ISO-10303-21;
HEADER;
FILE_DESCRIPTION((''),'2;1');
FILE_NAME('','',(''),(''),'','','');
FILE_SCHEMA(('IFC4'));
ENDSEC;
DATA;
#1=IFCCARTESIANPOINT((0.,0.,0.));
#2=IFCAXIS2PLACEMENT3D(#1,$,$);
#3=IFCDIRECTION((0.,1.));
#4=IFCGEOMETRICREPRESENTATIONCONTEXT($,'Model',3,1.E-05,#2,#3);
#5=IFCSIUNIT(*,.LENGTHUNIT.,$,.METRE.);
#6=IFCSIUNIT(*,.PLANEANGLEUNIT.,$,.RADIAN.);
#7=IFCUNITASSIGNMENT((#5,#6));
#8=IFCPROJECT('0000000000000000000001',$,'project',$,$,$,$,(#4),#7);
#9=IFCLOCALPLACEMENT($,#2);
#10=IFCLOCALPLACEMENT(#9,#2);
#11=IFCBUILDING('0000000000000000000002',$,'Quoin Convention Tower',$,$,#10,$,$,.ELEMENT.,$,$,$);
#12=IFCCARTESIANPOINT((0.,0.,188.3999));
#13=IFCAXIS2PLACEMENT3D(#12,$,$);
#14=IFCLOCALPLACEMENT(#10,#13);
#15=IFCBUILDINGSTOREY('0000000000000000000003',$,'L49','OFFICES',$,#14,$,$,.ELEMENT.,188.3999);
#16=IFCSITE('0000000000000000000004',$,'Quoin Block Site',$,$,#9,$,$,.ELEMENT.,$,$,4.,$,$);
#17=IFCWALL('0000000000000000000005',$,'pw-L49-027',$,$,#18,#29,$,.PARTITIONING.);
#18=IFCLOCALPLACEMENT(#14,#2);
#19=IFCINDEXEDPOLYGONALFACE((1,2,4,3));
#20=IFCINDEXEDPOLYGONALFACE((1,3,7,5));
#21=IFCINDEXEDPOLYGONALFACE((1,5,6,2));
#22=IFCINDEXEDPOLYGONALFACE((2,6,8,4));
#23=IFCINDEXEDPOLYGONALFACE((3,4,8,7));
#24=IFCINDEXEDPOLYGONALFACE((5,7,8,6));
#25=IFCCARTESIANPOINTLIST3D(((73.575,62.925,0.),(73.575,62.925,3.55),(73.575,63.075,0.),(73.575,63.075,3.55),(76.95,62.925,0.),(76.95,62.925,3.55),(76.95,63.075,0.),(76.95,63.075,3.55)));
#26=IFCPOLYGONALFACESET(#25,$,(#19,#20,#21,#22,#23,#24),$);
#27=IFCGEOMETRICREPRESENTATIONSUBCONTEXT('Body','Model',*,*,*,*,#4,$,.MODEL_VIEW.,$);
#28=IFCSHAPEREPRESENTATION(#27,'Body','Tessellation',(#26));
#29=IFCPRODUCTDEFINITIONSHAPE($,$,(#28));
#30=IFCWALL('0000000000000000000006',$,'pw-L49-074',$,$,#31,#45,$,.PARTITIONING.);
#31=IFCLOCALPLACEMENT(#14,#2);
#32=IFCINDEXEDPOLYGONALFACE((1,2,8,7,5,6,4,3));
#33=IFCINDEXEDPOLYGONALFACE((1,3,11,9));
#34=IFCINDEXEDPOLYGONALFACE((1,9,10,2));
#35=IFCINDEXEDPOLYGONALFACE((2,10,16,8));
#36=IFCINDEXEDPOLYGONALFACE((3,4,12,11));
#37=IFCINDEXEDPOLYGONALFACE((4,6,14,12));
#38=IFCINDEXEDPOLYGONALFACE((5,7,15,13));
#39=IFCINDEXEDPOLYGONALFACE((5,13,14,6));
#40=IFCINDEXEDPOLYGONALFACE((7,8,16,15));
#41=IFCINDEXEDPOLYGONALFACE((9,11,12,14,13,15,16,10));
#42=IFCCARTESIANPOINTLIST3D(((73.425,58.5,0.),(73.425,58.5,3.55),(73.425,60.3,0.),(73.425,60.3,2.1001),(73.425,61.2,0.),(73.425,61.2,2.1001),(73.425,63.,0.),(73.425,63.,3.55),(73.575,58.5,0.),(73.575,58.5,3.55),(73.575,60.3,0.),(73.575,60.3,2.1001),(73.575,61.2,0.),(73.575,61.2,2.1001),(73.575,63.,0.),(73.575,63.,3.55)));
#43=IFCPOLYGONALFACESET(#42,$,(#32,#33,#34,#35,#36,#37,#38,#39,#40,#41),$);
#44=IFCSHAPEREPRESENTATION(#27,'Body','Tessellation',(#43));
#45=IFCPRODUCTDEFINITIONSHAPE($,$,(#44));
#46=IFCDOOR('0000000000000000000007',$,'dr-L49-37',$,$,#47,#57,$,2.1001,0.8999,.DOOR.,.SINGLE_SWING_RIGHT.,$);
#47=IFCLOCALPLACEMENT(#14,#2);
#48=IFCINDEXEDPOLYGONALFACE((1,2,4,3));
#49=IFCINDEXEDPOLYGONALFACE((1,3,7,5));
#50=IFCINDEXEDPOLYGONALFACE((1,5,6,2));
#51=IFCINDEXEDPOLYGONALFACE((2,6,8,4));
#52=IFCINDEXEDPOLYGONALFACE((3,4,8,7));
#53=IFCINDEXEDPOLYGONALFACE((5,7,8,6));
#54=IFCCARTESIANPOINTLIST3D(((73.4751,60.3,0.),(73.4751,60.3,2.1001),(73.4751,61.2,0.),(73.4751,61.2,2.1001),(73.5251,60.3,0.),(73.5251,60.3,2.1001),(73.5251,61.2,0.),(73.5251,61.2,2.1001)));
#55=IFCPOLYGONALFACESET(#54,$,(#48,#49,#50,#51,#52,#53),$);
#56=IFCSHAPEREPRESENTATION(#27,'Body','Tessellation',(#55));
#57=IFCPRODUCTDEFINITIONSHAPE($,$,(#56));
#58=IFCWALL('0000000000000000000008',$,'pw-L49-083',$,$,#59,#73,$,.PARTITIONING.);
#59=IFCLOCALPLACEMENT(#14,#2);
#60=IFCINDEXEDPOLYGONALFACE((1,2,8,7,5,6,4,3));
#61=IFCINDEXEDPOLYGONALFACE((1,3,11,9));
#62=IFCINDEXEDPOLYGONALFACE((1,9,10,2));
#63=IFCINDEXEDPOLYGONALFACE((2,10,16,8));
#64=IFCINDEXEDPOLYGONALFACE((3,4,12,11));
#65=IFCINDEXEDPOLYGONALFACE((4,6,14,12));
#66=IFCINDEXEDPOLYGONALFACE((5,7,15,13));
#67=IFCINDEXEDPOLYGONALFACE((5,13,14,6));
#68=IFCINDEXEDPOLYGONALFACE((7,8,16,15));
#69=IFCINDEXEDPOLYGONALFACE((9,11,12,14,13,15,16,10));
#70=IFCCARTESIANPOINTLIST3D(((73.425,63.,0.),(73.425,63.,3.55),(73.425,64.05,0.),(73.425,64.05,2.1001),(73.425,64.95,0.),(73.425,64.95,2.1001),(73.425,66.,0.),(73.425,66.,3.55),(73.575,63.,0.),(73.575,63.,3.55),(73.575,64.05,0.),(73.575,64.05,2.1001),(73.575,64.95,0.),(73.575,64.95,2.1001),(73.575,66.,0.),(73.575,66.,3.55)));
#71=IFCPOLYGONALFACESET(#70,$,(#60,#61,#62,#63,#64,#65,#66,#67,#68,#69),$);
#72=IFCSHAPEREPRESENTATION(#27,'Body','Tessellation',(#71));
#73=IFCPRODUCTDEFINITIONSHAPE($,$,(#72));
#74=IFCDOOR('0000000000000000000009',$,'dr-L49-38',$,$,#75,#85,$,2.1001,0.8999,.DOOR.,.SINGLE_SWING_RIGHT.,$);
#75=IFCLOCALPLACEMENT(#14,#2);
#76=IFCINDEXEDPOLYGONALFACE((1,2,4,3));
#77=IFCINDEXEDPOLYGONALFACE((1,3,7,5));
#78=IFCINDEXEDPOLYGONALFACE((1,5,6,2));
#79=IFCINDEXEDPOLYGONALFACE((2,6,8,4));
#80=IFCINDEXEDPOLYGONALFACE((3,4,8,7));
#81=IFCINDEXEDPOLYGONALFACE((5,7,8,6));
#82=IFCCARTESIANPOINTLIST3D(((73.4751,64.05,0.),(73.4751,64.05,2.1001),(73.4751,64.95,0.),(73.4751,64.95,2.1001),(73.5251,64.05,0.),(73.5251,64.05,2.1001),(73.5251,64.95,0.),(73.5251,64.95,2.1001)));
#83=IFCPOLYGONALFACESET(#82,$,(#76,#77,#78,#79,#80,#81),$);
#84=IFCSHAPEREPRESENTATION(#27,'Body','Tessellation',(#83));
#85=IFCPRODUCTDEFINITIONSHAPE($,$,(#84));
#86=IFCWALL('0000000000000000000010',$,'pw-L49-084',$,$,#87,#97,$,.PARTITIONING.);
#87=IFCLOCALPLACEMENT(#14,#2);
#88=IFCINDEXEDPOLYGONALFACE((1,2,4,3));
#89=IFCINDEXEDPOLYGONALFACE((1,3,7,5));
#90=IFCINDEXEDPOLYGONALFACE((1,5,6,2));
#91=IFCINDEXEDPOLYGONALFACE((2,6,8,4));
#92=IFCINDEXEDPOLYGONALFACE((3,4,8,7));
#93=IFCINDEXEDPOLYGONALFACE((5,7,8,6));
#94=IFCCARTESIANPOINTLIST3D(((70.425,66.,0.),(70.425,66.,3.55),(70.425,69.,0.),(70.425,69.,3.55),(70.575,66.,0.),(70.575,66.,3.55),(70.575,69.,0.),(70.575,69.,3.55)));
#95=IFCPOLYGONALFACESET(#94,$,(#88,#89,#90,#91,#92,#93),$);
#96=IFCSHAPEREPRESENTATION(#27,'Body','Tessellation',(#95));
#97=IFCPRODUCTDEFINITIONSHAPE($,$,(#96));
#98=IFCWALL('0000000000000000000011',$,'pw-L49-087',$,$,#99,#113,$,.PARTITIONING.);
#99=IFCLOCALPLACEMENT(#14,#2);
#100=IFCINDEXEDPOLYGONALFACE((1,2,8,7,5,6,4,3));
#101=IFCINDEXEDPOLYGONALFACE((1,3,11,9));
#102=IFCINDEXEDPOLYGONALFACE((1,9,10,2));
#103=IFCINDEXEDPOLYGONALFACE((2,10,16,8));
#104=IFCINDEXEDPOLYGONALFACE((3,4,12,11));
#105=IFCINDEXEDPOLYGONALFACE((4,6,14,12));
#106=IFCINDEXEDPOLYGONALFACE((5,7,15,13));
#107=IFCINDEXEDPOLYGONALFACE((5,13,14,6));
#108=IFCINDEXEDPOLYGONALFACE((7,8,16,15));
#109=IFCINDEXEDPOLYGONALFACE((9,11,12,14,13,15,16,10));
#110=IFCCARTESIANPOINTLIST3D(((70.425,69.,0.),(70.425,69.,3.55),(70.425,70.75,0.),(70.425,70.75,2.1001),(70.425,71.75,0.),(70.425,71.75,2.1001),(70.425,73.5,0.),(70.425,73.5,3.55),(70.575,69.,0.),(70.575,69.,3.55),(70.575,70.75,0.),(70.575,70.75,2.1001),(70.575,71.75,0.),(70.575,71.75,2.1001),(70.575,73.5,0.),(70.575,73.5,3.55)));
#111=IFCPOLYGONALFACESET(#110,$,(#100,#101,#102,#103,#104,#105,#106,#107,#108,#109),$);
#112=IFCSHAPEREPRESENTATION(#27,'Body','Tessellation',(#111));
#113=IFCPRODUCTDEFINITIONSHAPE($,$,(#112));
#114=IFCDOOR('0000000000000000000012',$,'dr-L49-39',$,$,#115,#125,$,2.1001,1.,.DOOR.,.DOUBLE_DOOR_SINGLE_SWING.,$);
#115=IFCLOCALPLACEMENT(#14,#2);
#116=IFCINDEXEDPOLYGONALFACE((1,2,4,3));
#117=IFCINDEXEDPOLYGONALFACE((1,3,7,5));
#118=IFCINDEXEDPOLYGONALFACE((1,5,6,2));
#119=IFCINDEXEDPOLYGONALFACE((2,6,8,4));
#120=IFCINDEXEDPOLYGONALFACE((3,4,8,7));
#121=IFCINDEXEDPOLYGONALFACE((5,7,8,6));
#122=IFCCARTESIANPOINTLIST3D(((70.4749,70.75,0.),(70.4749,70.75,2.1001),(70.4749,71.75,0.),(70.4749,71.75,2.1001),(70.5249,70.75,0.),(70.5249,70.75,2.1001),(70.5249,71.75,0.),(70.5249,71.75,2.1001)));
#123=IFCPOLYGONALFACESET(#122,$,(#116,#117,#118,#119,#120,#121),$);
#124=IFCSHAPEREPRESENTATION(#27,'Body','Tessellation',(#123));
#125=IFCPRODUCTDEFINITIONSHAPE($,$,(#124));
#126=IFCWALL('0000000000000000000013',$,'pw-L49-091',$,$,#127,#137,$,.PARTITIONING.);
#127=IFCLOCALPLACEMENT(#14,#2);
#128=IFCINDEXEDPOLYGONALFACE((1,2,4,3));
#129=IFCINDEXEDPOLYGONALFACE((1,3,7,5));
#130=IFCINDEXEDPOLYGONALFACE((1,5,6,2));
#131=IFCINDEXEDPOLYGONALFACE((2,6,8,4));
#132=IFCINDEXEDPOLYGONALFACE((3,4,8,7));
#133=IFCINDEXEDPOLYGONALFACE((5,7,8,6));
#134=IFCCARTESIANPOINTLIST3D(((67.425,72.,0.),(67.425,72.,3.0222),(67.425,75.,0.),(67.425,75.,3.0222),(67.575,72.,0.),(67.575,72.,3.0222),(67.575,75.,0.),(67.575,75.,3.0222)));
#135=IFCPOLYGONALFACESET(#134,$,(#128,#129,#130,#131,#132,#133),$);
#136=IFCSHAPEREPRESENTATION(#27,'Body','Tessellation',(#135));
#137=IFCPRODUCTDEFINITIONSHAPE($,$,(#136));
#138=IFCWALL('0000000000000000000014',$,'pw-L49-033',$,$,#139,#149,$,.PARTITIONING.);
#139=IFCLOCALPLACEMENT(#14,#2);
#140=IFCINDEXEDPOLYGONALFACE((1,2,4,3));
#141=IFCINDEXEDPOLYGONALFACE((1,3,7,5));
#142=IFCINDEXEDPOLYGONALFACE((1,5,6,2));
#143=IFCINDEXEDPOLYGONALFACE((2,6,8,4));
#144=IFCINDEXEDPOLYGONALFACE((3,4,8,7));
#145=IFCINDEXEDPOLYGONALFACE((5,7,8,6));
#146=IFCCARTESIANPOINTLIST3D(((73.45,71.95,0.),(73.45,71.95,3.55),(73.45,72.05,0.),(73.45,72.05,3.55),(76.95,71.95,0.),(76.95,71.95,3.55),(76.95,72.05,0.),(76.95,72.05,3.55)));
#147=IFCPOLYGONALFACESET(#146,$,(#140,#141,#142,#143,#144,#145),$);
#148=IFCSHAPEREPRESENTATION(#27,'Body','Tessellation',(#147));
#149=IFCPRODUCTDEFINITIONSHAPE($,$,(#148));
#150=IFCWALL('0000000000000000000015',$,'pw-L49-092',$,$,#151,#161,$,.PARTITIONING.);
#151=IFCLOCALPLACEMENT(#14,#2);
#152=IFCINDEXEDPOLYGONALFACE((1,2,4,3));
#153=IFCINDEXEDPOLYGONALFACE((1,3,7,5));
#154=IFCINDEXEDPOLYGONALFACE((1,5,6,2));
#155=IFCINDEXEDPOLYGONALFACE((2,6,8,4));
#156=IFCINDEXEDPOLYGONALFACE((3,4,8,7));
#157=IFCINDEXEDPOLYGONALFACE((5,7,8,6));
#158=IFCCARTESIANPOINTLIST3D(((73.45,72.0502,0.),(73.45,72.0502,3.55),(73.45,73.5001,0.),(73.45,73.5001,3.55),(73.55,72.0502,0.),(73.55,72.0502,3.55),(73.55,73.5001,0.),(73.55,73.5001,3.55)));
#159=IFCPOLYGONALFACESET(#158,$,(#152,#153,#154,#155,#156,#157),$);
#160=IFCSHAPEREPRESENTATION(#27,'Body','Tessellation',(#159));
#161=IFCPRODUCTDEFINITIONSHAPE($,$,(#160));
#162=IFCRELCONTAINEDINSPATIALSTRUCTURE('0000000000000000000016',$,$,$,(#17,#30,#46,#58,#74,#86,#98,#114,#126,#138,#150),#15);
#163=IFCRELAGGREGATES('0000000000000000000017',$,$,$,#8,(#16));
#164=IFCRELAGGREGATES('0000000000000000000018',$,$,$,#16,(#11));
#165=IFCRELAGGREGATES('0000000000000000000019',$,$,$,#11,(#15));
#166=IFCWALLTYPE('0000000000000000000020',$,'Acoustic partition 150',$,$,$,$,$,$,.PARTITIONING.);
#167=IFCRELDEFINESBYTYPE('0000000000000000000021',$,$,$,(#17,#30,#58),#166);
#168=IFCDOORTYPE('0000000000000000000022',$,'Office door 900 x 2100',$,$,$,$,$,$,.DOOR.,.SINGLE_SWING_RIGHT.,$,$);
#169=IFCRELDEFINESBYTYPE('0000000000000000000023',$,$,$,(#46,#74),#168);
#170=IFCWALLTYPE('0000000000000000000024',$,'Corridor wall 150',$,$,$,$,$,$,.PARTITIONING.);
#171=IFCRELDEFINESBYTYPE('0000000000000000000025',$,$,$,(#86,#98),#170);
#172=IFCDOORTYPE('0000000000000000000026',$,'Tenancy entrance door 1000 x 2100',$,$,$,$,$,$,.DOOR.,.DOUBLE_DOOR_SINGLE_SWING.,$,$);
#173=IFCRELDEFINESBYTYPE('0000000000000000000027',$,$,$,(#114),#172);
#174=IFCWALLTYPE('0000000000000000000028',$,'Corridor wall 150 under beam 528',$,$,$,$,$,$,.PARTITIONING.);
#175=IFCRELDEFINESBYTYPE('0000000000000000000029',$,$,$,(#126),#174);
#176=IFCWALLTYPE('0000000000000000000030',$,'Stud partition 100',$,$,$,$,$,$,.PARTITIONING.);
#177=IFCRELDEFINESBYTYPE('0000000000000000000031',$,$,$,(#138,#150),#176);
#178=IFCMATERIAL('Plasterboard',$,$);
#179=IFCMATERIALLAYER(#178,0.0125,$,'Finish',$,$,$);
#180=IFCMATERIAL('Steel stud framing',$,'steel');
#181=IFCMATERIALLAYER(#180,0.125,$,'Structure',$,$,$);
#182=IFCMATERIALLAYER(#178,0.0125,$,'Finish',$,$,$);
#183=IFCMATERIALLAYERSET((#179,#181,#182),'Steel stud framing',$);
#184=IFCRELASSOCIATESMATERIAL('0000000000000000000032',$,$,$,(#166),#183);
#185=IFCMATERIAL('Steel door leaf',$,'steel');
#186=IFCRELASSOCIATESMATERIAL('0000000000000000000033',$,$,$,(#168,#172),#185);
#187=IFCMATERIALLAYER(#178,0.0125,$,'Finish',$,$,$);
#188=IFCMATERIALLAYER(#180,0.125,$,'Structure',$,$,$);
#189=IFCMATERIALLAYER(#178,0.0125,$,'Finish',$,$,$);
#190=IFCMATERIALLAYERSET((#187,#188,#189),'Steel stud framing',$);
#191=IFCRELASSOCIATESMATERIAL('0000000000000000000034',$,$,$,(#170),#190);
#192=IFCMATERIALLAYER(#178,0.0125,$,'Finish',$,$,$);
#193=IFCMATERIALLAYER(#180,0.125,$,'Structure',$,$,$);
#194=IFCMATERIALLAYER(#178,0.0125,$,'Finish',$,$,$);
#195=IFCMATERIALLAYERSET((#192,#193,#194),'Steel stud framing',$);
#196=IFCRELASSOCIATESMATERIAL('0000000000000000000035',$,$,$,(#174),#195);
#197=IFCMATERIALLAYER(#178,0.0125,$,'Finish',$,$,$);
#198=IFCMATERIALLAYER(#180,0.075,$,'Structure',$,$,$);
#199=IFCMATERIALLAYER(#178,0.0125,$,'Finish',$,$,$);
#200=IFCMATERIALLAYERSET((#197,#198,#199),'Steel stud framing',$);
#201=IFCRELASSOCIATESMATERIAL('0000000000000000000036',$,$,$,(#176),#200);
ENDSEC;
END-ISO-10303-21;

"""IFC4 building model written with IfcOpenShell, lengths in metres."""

from ifc_helpers import new_model, si_unit, direction, frame, frame_2d, origin, place, context, subcontext, project, spatial, rectangle, extrude, material, layer, layer_set, type_object, element, fill, save


model = new_model("IFC4")

# Units and contexts
model_context = context("Model", 3, precision=1e-05, world=origin(), true_north=direction((0.0, 1.0)))
body_context = subcontext(model_context, "Body", "Model", "MODEL_VIEW")
ifc_project = project(units=[si_unit("LENGTHUNIT", "METRE"), si_unit("PLANEANGLEUNIT", "RADIAN")], contexts=[model_context])

# Site, building, storey
site_placement = place(None, origin())
site = spatial("IfcSite", under=ifc_project, at=site_placement, Name="Quoin Block Site", CompositionType="ELEMENT", RefElevation=4.0)
building_placement = place(site_placement, origin())
building = spatial("IfcBuilding", under=site, at=building_placement, Name="Quoin Convention Tower", CompositionType="ELEMENT")
storey_placement = place(building_placement, frame((0.0, 0.0, 188.3999)))
storey = spatial("IfcBuildingStorey", under=building, at=storey_placement, Name="L49", Description="OFFICES", CompositionType="ELEMENT", Elevation=188.3999)

# Wall
ifc_material_1 = material(Name="Plasterboard")
ifc_layer_1 = layer(ifc_material_1, 0.0125, Name="Finish")
ifc_material_2 = material(Name="Steel stud framing", Category="steel")
ifc_layer_2 = layer(ifc_material_2, 0.125, Name="Structure")
ifc_layer_3 = layer(ifc_material_1, 0.0125, Name="Finish")
ifc_layer_set_1 = layer_set([ifc_layer_1, ifc_layer_2, ifc_layer_3], Name="Steel stud framing")
wall_type_1 = type_object("IfcWallType", Name="Acoustic partition 150", PredefinedType="PARTITIONING", material=ifc_layer_set_1)
for number, where, z_axis, x_axis, name in (
    (1, (73.575, 63.0, 0.0), (0.0, 0.0, 1.0), (1.0, 0.0, 0.0), "pw-L49-027"),
):
    element("IfcWall", number, at=place(storey_placement, frame(where, z_axis=z_axis, x_axis=x_axis)), inside=storey, type_object=wall_type_1, Name=name, PredefinedType="PARTITIONING", context=body_context, shape_type="SweptSolid", body=[
        extrude(rectangle(XDim=3.375, YDim=0.1499, at=frame_2d((1.6875, 0.0))), origin(), (0.0, 0.0, 1.0), 3.55),
    ])

# Walls, openings, doors
wall_1_placement = place(storey_placement, frame((73.5, 58.5, 0.0), z_axis=(0.0, 0.0, 1.0), x_axis=(0.0, 1.0, 0.0)))
wall_1 = element("IfcWall", 2, at=wall_1_placement, inside=storey, type_object=wall_type_1, Name="pw-L49-074", PredefinedType="PARTITIONING", context=body_context, shape_type="SweptSolid", body=[
    extrude(rectangle(XDim=4.5, YDim=0.1499, at=frame_2d((2.25, 0.0))), origin(), (0.0, 0.0, 1.0), 3.55),
])
opening_1_placement = place(wall_1_placement, frame((1.8, 0.0, 0.0)))
opening_1 = element("IfcOpeningElement", 3, at=opening_1_placement, cuts=wall_1, PredefinedType="OPENING", context=body_context, shape_type="SweptSolid", body=[
    extrude(rectangle(XDim=0.8999, YDim=2.1001, at=frame_2d((0.45, 1.05))), frame((0.0, 0.085, 0.0), z_axis=(0.0, -1.0, 0.0), x_axis=(1.0, 0.0, 0.0)), (0.0, 0.0, 1.0), 0.1699),
])
ifc_material_3 = material(Name="Steel door leaf", Category="steel")
door_type_1 = type_object("IfcDoorType", Name="Office door 900 x 2100", OperationType="SINGLE_SWING_RIGHT", PredefinedType="DOOR", material=ifc_material_3)
door_1_placement = place(opening_1_placement, origin())
door_1 = element("IfcDoor", 4, at=door_1_placement, inside=storey, type_object=door_type_1, Name="dr-L49-37", OperationType="SINGLE_SWING_RIGHT", OverallHeight=2.1001, OverallWidth=0.8999, PredefinedType="DOOR", context=body_context, shape_type="SweptSolid", body=[
    extrude(rectangle(XDim=0.8999, YDim=2.1001, at=frame_2d((0.45, 1.05))), frame((0.0, 0.0249, 0.0), z_axis=(0.0, -1.0, 0.0), x_axis=(1.0, 0.0, 0.0)), (0.0, 0.0, 1.0), 0.05),
])
fill(opening_1, door_1)
wall_2_placement = place(storey_placement, frame((73.5, 63.0, 0.0), z_axis=(0.0, 0.0, 1.0), x_axis=(0.0, 1.0, 0.0)))
wall_2 = element("IfcWall", 5, at=wall_2_placement, inside=storey, type_object=wall_type_1, Name="pw-L49-083", PredefinedType="PARTITIONING", context=body_context, shape_type="SweptSolid", body=[
    extrude(rectangle(XDim=3.0, YDim=0.1499, at=frame_2d((1.5, 0.0))), origin(), (0.0, 0.0, 1.0), 3.55),
])
opening_2_placement = place(wall_2_placement, frame((1.05, 0.0, 0.0)))
opening_2 = element("IfcOpeningElement", 6, at=opening_2_placement, cuts=wall_2, PredefinedType="OPENING", context=body_context, shape_type="SweptSolid", body=[
    extrude(rectangle(XDim=0.8999, YDim=2.1001, at=frame_2d((0.45, 1.05))), frame((0.0, 0.085, 0.0), z_axis=(0.0, -1.0, 0.0), x_axis=(1.0, 0.0, 0.0)), (0.0, 0.0, 1.0), 0.1699),
])
door_2_placement = place(opening_2_placement, origin())
door_2 = element("IfcDoor", 7, at=door_2_placement, inside=storey, type_object=door_type_1, Name="dr-L49-38", OperationType="SINGLE_SWING_RIGHT", OverallHeight=2.1001, OverallWidth=0.8999, PredefinedType="DOOR", context=body_context, shape_type="SweptSolid", body=[
    extrude(rectangle(XDim=0.8999, YDim=2.1001, at=frame_2d((0.45, 1.05))), frame((0.0, 0.0249, 0.0), z_axis=(0.0, -1.0, 0.0), x_axis=(1.0, 0.0, 0.0)), (0.0, 0.0, 1.0), 0.05),
])
fill(opening_2, door_2)

# Wall
ifc_layer_4 = layer(ifc_material_1, 0.0125, Name="Finish")
ifc_layer_5 = layer(ifc_material_2, 0.125, Name="Structure")
ifc_layer_6 = layer(ifc_material_1, 0.0125, Name="Finish")
ifc_layer_set_2 = layer_set([ifc_layer_4, ifc_layer_5, ifc_layer_6], Name="Steel stud framing")
wall_type_2 = type_object("IfcWallType", Name="Corridor wall 150", PredefinedType="PARTITIONING", material=ifc_layer_set_2)
wall_3_placement = place(storey_placement, frame((70.5, 66.0, 0.0), z_axis=(0.0, 0.0, 1.0), x_axis=(0.0, 1.0, 0.0)))
element("IfcWall", 8, at=wall_3_placement, inside=storey, type_object=wall_type_2, Name="pw-L49-084", PredefinedType="PARTITIONING", context=body_context, shape_type="SweptSolid", body=[
    extrude(rectangle(XDim=3.0, YDim=0.1499, at=frame_2d((1.5, 0.0))), origin(), (0.0, 0.0, 1.0), 3.55),
])

# Wall, opening, door
wall_4_placement = place(storey_placement, frame((70.5, 69.0, 0.0), z_axis=(0.0, 0.0, 1.0), x_axis=(0.0, 1.0, 0.0)))
wall_4 = element("IfcWall", 9, at=wall_4_placement, inside=storey, type_object=wall_type_2, Name="pw-L49-087", PredefinedType="PARTITIONING", context=body_context, shape_type="SweptSolid", body=[
    extrude(rectangle(XDim=4.5, YDim=0.1499, at=frame_2d((2.25, 0.0))), origin(), (0.0, 0.0, 1.0), 3.55),
])
opening_3_placement = place(wall_4_placement, frame((1.75, 0.0, 0.0)))
opening_3 = element("IfcOpeningElement", 10, at=opening_3_placement, cuts=wall_4, PredefinedType="OPENING", context=body_context, shape_type="SweptSolid", body=[
    extrude(rectangle(XDim=1.0, YDim=2.1001, at=frame_2d((0.5, 1.05))), frame((0.0, 0.085, 0.0), z_axis=(0.0, -1.0, 0.0), x_axis=(1.0, 0.0, 0.0)), (0.0, 0.0, 1.0), 0.1699),
])
door_type_2 = type_object("IfcDoorType", Name="Tenancy entrance door 1000 x 2100", OperationType="DOUBLE_DOOR_SINGLE_SWING", PredefinedType="DOOR", material=ifc_material_3)
door_3_placement = place(opening_3_placement, frame((1.0, 0.0, 0.0), z_axis=(0.0, 0.0, 1.0), x_axis=(-1.0, 0.0, 0.0)))
door_3 = element("IfcDoor", 11, at=door_3_placement, inside=storey, type_object=door_type_2, Name="dr-L49-39", OperationType="DOUBLE_DOOR_SINGLE_SWING", OverallHeight=2.1001, OverallWidth=1.0, PredefinedType="DOOR", context=body_context, shape_type="SweptSolid", body=[
    extrude(rectangle(XDim=1.0, YDim=2.1001, at=frame_2d((0.5, 1.05))), frame((0.0, 0.0249, 0.0), z_axis=(0.0, -1.0, 0.0), x_axis=(1.0, 0.0, 0.0)), (0.0, 0.0, 1.0), 0.05),
])
fill(opening_3, door_3)

# Walls
ifc_layer_7 = layer(ifc_material_1, 0.0125, Name="Finish")
ifc_layer_8 = layer(ifc_material_2, 0.125, Name="Structure")
ifc_layer_9 = layer(ifc_material_1, 0.0125, Name="Finish")
ifc_layer_set_3 = layer_set([ifc_layer_7, ifc_layer_8, ifc_layer_9], Name="Steel stud framing")
wall_type_3 = type_object("IfcWallType", Name="Corridor wall 150 under beam 528", PredefinedType="PARTITIONING", material=ifc_layer_set_3)
wall_5_placement = place(storey_placement, frame((67.5, 72.0, 0.0), z_axis=(0.0, 0.0, 1.0), x_axis=(0.0, 1.0, 0.0)))
element("IfcWall", 12, at=wall_5_placement, inside=storey, type_object=wall_type_3, Name="pw-L49-091", PredefinedType="PARTITIONING", context=body_context, shape_type="SweptSolid", body=[
    extrude(rectangle(XDim=3.0, YDim=0.1499, at=frame_2d((1.5, 0.0))), origin(), (0.0, 0.0, 1.0), 3.0222),
])
ifc_layer_10 = layer(ifc_material_1, 0.0125, Name="Finish")
ifc_layer_11 = layer(ifc_material_2, 0.075, Name="Structure")
ifc_layer_12 = layer(ifc_material_1, 0.0125, Name="Finish")
ifc_layer_set_4 = layer_set([ifc_layer_10, ifc_layer_11, ifc_layer_12], Name="Steel stud framing")
wall_type_4 = type_object("IfcWallType", Name="Stud partition 100", PredefinedType="PARTITIONING", material=ifc_layer_set_4)
wall_6_placement = place(storey_placement, frame((73.45, 72.0, 0.0), z_axis=(0.0, 0.0, 1.0), x_axis=(1.0, 0.0, 0.0)))
element("IfcWall", 13, at=wall_6_placement, inside=storey, type_object=wall_type_4, Name="pw-L49-033", PredefinedType="PARTITIONING", context=body_context, shape_type="SweptSolid", body=[
    extrude(rectangle(XDim=3.5, YDim=0.1001, at=frame_2d((1.75, 0.0))), origin(), (0.0, 0.0, 1.0), 3.55),
])
wall_7_placement = place(storey_placement, frame((73.5, 72.05, 0.0), z_axis=(0.0, 0.0, 1.0), x_axis=(0.0, 1.0, 0.0)))
element("IfcWall", 14, at=wall_7_placement, inside=storey, type_object=wall_type_4, Name="pw-L49-092", PredefinedType="PARTITIONING", context=body_context, shape_type="SweptSolid", body=[
    extrude(rectangle(XDim=1.45, YDim=0.1001, at=frame_2d((0.7251, 0.0))), origin(), (0.0, 0.0, 1.0), 3.55),
])

save(model, "model.ifc")
